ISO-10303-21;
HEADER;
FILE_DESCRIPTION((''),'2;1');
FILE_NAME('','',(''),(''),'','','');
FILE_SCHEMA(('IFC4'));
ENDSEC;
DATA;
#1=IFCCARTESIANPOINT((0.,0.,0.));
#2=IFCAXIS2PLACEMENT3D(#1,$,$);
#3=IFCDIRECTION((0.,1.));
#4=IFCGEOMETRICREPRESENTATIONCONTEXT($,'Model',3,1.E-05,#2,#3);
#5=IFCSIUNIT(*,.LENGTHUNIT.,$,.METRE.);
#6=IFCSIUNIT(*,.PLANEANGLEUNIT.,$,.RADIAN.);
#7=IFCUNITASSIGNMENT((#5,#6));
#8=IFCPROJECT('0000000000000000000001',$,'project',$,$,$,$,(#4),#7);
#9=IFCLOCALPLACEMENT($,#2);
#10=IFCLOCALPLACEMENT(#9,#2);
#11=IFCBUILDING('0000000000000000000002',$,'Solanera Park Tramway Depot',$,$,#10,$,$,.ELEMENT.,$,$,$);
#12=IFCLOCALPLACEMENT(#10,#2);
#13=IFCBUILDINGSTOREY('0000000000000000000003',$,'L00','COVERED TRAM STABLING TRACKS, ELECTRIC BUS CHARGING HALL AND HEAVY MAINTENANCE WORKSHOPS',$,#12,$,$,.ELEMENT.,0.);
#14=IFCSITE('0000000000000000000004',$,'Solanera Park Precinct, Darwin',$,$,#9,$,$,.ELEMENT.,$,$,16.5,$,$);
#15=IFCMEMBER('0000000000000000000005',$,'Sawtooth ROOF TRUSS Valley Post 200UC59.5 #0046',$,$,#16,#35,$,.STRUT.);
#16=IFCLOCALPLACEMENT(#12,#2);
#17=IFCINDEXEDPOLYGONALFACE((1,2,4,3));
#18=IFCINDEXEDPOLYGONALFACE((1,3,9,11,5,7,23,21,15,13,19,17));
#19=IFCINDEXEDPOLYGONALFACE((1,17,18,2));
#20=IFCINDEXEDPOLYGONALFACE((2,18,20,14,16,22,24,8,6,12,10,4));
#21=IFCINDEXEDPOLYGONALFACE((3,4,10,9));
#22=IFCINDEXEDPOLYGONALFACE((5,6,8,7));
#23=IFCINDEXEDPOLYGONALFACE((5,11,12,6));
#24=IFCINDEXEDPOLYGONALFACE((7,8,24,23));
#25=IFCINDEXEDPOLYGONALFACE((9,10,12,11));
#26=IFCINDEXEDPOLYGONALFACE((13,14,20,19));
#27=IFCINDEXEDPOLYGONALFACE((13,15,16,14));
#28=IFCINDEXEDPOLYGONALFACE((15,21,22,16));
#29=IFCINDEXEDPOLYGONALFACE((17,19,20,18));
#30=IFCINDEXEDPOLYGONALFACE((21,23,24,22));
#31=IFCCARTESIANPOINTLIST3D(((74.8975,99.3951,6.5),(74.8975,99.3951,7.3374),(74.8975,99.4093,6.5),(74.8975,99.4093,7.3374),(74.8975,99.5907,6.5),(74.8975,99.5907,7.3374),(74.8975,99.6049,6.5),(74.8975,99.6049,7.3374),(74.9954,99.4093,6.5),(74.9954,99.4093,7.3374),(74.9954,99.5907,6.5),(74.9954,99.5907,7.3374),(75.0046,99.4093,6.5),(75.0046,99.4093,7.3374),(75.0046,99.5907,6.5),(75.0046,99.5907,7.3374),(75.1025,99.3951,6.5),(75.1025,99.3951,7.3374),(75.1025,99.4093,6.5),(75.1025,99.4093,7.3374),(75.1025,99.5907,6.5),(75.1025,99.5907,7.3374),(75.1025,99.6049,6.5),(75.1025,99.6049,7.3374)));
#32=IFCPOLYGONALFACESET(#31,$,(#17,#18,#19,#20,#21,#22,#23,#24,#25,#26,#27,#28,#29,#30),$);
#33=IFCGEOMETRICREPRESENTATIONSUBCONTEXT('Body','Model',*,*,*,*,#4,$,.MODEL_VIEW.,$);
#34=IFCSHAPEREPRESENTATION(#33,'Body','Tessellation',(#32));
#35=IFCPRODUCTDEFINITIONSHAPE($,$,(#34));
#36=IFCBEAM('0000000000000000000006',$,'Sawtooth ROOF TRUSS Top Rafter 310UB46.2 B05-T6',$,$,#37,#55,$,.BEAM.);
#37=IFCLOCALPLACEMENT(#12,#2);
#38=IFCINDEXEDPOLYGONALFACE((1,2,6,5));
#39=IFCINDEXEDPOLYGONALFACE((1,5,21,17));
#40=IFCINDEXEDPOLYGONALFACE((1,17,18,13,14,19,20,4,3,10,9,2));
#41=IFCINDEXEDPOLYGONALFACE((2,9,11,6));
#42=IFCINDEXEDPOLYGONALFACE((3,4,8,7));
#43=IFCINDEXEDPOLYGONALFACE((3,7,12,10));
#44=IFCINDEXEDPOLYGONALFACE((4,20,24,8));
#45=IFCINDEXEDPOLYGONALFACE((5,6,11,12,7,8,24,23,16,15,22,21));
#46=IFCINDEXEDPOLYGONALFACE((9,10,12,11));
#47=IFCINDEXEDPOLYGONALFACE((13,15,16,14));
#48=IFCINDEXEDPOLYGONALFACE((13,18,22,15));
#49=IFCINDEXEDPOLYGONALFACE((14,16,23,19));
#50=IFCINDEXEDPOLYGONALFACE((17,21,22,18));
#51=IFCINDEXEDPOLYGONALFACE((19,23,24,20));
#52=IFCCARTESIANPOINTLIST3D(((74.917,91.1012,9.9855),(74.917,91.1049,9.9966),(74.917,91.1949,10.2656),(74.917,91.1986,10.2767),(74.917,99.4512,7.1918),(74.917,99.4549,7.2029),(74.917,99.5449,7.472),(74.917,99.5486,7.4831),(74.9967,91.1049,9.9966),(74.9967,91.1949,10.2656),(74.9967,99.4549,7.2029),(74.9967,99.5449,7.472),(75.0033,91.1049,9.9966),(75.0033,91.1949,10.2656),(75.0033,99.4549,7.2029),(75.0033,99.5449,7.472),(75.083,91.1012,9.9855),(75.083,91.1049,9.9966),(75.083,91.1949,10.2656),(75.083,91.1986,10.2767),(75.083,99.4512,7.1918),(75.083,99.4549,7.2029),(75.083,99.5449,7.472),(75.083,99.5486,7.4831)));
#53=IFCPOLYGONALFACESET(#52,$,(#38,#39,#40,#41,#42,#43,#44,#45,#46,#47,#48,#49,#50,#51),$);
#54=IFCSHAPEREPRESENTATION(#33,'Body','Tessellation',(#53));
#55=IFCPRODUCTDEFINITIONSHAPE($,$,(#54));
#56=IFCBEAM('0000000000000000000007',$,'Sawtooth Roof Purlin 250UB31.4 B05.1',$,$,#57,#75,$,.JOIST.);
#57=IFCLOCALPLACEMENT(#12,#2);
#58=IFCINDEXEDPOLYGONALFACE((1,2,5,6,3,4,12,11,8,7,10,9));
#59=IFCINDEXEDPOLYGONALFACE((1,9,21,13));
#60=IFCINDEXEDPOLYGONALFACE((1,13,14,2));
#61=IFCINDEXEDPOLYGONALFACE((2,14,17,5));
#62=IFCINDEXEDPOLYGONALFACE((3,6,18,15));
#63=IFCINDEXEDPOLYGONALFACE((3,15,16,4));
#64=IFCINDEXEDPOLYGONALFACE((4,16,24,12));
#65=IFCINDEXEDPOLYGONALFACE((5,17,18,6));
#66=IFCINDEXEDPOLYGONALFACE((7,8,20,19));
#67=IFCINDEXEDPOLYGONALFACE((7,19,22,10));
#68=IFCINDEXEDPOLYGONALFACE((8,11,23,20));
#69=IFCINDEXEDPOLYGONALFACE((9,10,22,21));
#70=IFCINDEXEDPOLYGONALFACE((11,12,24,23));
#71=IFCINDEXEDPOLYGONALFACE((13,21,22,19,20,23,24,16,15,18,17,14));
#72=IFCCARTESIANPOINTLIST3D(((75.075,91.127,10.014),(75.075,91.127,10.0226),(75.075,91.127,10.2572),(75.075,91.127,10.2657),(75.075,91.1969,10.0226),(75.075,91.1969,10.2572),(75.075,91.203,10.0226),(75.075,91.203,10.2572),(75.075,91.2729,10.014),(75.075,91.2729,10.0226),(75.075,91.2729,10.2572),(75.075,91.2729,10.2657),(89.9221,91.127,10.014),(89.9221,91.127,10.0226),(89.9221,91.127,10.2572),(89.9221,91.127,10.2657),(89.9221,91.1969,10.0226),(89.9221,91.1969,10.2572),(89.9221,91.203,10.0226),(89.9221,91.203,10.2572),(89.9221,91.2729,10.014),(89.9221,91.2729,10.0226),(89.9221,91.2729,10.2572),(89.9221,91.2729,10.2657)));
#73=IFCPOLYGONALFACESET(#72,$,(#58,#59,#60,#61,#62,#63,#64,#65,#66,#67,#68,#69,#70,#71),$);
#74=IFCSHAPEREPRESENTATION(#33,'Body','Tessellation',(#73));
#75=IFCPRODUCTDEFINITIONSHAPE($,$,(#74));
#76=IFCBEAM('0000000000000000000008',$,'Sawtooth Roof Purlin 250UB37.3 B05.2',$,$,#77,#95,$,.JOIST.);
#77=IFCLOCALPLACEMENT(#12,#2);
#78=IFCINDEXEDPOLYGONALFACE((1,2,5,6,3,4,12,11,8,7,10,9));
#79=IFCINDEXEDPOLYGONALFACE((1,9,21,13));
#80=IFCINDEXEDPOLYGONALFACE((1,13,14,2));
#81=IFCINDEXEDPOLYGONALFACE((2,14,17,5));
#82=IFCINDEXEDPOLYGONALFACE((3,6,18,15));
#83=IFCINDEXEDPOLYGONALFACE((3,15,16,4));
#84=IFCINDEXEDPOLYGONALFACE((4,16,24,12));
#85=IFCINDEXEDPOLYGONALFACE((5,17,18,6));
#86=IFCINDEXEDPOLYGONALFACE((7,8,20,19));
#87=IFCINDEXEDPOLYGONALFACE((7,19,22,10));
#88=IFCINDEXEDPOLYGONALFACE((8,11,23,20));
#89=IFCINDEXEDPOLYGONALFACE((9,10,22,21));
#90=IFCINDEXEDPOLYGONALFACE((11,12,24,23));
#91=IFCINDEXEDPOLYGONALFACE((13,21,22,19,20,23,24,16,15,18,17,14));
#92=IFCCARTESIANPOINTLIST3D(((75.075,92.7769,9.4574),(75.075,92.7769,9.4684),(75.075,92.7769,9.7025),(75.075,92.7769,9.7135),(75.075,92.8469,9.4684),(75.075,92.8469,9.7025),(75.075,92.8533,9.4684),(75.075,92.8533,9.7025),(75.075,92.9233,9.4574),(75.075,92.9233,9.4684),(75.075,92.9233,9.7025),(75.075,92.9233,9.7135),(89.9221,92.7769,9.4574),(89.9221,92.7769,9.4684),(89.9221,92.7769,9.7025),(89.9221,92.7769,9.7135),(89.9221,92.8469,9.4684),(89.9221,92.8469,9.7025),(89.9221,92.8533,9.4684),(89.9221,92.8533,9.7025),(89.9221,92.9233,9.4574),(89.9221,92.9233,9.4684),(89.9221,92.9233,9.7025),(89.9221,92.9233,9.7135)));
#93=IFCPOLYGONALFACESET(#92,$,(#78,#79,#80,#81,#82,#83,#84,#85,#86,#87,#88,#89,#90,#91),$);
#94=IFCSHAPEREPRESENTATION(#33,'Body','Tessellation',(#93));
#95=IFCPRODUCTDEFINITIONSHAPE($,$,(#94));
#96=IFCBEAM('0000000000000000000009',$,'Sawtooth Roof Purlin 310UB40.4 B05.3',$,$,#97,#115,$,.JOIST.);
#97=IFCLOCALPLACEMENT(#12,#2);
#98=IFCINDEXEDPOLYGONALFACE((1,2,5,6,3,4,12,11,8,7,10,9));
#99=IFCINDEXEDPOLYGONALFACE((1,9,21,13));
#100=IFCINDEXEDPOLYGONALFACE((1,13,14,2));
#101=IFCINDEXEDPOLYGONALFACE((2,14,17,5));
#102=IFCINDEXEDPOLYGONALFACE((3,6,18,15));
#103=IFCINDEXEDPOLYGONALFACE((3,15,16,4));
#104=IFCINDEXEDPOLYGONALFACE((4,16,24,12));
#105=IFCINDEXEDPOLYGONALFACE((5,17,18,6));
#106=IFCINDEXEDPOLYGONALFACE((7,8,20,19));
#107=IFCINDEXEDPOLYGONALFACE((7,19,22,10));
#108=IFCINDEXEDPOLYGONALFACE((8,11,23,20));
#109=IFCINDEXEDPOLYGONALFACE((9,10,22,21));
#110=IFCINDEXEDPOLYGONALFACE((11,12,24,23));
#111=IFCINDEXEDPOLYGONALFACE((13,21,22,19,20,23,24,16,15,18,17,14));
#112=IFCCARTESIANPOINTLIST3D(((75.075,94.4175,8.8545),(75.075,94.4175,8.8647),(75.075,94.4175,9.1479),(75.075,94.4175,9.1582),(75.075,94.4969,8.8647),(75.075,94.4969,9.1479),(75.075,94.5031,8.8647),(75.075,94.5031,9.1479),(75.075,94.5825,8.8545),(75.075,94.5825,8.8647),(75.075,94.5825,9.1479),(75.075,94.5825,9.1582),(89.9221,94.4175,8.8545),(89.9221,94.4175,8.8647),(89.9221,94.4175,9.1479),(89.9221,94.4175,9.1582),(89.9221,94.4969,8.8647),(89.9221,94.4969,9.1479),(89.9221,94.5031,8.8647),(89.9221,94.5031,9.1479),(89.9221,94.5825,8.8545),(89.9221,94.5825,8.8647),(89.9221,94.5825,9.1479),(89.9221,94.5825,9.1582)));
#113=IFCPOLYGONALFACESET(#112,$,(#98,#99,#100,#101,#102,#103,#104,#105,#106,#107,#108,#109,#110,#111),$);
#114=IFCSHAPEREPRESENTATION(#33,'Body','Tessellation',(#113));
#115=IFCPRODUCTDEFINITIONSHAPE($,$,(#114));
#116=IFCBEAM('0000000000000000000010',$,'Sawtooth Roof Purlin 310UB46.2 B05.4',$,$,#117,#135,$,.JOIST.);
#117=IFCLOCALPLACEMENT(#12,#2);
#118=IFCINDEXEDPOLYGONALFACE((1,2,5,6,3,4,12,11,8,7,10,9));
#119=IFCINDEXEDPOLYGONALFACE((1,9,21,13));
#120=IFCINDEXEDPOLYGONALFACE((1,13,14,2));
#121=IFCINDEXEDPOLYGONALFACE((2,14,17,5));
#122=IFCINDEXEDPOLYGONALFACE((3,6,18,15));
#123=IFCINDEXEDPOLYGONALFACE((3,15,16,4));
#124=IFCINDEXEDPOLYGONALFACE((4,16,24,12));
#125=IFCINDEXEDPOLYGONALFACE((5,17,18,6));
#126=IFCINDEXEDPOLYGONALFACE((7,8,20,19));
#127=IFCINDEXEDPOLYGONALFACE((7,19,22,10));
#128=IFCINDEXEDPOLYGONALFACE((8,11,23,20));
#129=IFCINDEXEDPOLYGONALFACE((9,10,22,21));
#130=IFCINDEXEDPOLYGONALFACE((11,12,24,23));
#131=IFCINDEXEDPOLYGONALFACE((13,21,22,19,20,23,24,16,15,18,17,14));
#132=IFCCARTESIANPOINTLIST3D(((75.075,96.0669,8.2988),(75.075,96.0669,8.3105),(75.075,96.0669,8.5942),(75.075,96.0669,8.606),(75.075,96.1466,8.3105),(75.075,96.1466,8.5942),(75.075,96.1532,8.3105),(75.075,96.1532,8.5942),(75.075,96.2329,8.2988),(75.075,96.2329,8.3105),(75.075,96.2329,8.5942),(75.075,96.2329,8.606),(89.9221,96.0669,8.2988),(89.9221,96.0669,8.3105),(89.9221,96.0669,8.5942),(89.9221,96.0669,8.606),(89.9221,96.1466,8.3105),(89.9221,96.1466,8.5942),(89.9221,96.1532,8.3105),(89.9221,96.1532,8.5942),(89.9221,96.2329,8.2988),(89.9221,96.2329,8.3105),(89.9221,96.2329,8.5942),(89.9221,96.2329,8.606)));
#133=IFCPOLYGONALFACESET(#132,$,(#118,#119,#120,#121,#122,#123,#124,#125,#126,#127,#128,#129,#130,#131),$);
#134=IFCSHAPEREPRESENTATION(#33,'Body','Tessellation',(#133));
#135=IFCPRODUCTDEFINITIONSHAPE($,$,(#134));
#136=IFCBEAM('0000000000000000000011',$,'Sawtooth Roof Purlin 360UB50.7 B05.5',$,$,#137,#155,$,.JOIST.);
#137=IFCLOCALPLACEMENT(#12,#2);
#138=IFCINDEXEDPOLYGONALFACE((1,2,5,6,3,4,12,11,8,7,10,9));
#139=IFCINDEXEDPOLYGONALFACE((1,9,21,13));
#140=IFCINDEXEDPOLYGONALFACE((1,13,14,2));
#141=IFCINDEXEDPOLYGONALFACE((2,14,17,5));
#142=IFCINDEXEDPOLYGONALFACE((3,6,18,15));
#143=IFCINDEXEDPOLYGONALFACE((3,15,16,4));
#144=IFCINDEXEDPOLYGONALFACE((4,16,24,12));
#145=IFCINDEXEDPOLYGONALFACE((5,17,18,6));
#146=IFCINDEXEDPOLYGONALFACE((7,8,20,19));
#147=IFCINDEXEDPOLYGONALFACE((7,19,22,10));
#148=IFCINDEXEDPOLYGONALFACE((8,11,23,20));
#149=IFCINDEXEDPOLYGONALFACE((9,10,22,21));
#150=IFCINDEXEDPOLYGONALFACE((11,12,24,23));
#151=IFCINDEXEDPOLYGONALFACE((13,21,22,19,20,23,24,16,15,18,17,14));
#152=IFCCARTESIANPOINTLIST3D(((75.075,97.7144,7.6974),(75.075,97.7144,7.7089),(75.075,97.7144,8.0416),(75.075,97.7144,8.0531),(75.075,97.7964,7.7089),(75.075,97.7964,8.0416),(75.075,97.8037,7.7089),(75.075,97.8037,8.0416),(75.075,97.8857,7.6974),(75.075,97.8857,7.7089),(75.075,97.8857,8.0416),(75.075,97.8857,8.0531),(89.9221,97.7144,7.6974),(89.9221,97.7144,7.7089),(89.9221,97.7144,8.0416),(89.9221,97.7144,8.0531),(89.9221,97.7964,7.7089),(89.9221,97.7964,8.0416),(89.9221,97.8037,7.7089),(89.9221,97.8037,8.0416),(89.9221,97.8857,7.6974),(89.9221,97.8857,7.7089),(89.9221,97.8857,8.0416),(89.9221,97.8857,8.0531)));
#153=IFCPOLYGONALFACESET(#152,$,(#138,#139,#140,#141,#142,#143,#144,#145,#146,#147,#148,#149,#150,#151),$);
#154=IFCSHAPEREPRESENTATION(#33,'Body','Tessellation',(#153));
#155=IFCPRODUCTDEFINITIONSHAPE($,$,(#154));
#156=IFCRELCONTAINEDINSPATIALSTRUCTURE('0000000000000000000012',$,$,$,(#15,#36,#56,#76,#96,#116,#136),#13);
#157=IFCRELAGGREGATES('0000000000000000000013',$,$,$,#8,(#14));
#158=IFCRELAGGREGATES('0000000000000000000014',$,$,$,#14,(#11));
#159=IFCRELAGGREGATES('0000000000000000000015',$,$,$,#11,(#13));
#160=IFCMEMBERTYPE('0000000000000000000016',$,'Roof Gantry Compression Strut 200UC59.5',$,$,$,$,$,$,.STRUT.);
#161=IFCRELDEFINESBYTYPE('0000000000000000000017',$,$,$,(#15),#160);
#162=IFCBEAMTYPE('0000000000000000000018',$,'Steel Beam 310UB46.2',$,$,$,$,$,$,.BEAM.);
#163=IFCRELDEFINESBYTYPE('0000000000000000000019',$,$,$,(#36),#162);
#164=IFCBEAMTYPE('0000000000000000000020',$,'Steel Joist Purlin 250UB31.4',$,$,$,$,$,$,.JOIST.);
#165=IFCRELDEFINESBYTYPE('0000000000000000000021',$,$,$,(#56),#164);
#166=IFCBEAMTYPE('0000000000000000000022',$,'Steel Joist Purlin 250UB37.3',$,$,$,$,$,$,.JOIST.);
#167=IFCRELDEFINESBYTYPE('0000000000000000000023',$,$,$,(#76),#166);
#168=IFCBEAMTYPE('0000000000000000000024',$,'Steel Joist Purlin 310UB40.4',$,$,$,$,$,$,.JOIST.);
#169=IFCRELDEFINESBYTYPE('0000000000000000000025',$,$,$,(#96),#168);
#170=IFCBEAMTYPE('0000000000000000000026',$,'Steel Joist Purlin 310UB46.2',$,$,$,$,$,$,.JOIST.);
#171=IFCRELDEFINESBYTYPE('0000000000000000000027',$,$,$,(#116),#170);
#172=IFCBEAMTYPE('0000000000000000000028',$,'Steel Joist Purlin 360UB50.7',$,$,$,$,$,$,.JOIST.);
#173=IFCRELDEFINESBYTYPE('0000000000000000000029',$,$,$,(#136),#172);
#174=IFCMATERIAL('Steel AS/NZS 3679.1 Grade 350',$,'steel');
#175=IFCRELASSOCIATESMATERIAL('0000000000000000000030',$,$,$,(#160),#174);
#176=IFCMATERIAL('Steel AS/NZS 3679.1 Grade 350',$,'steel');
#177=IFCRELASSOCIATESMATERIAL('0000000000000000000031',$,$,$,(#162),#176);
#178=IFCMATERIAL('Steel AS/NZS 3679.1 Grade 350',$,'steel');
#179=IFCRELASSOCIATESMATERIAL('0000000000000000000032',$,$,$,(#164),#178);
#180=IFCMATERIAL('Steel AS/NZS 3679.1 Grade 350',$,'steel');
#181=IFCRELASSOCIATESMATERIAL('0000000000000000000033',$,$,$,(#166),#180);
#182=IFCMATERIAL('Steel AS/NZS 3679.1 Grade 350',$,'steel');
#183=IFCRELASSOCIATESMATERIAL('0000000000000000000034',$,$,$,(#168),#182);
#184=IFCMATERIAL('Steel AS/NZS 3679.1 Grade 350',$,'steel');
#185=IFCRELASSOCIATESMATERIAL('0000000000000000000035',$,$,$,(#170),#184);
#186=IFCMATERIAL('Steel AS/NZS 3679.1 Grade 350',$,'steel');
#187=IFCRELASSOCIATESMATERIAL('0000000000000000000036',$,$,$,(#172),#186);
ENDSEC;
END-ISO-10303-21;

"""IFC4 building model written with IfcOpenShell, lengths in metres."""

from ifc_helpers import new_model, si_unit, direction, frame, origin, origin_2d, place, context, subcontext, project, spatial, i_section, extrude, material, material_profile, profile_set, type_object, element, save


model = new_model("IFC4")

# Units and contexts
model_context = context("Model", 3, precision=1e-05, world=origin(), true_north=direction((0.0, 1.0)))
body_context = subcontext(model_context, "Body", "Model", "MODEL_VIEW")
ifc_project = project(units=[si_unit("LENGTHUNIT", "METRE"), si_unit("PLANEANGLEUNIT", "RADIAN")], contexts=[model_context])

# Site, building, storey
site_placement = place(None, origin())
site = spatial("IfcSite", under=ifc_project, at=site_placement, Name="Solanera Park Precinct, Darwin", CompositionType="ELEMENT", RefElevation=16.5)
building_placement = place(site_placement, origin())
building = spatial("IfcBuilding", under=site, at=building_placement, Name="Solanera Park Tramway Depot", CompositionType="ELEMENT")
storey_placement = place(building_placement, origin())
storey = spatial("IfcBuildingStorey", under=building, at=storey_placement, Name="L00", Description="COVERED TRAM STABLING TRACKS, ELECTRIC BUS CHARGING HALL AND HEAVY MAINTENANCE WORKSHOPS", CompositionType="ELEMENT", Elevation=0.0)

# Member
ifc_material_1 = material(Name="Steel AS/NZS 3679.1 Grade 350", Category="steel")
ifc_material_profile_1 = material_profile(ifc_material_1, i_section(OverallWidth=0.2051, OverallDepth=0.2097, WebThickness=0.0093, FlangeThickness=0.0142, at=origin_2d()), Name="200UC59.5")
ifc_profile_set_1 = profile_set([ifc_material_profile_1], Name="Steel AS/NZS 3679.1 Grade 350")
member_type_1 = type_object("IfcMemberType", Name="Roof Gantry Compression Strut 200UC59.5", PredefinedType="STRUT", material=ifc_profile_set_1)
member_1_placement = place(storey_placement, frame((75.0, 99.5, 6.5), z_axis=(0.0, 0.0, 1.0), x_axis=(1.0, 0.0, 0.0)))
element("IfcMember", 1, at=member_1_placement, inside=storey, type_object=member_type_1, Name="Sawtooth ROOF TRUSS Valley Post 200UC59.5 #0046", PredefinedType="STRUT", context=body_context, shape_type="SweptSolid", body=[
    extrude(i_section(OverallWidth=0.2051, OverallDepth=0.2097, WebThickness=0.0093, FlangeThickness=0.0142, at=origin_2d()), origin(), (0.0, 0.0, 1.0), 0.8374),
])

# Beams
ifc_material_2 = material(Name="Steel AS/NZS 3679.1 Grade 350", Category="steel")
ifc_material_profile_2 = material_profile(ifc_material_2, i_section(OverallWidth=0.166, OverallDepth=0.3071, WebThickness=0.0066, FlangeThickness=0.0117, at=origin_2d()), Name="310UB46.2")
ifc_profile_set_2 = profile_set([ifc_material_profile_2], Name="Steel AS/NZS 3679.1 Grade 350")
beam_type_1 = type_object("IfcBeamType", Name="Steel Beam 310UB46.2", PredefinedType="BEAM", material=ifc_profile_set_2)
beam_1_placement = place(storey_placement, frame((75.0, 91.1499, 10.1311), z_axis=(0.0, 0.948331, -0.317284), x_axis=(-1.0, 0.0, 0.0)))
element("IfcBeam", 2, at=beam_1_placement, inside=storey, type_object=beam_type_1, Name="Sawtooth ROOF TRUSS Top Rafter 310UB46.2 B05-T6", PredefinedType="BEAM", context=body_context, shape_type="SweptSolid", body=[
    extrude(i_section(OverallWidth=0.166, OverallDepth=0.3071, WebThickness=0.0066, FlangeThickness=0.0117, at=origin_2d()), origin(), (0.0, 0.0, 1.0), 8.8049),
])
ifc_material_3 = material(Name="Steel AS/NZS 3679.1 Grade 350", Category="steel")
ifc_material_profile_3 = material_profile(ifc_material_3, i_section(OverallWidth=0.146, OverallDepth=0.2517, WebThickness=0.0061, FlangeThickness=0.0085, at=origin_2d()), Name="250UB31.4")
ifc_profile_set_3 = profile_set([ifc_material_profile_3], Name="Steel AS/NZS 3679.1 Grade 350")
beam_type_2 = type_object("IfcBeamType", Name="Steel Joist Purlin 250UB31.4", PredefinedType="JOIST", material=ifc_profile_set_3)
beam_2_placement = place(storey_placement, frame((75.075, 91.2, 10.1399), z_axis=(1.0, 0.0, 0.0), x_axis=(0.0, 1.0, 0.0)))
element("IfcBeam", 3, at=beam_2_placement, inside=storey, type_object=beam_type_2, Name="Sawtooth Roof Purlin 250UB31.4 B05.1", PredefinedType="JOIST", context=body_context, shape_type="SweptSolid", body=[
    extrude(i_section(OverallWidth=0.146, OverallDepth=0.2517, WebThickness=0.0061, FlangeThickness=0.0085, at=origin_2d()), origin(), (0.0, 0.0, 1.0), 14.8472),
])
ifc_material_4 = material(Name="Steel AS/NZS 3679.1 Grade 350", Category="steel")
ifc_material_profile_4 = material_profile(ifc_material_4, i_section(OverallWidth=0.1465, OverallDepth=0.2561, WebThickness=0.0063, FlangeThickness=0.011, at=origin_2d()), Name="250UB37.3")
ifc_profile_set_4 = profile_set([ifc_material_profile_4], Name="Steel AS/NZS 3679.1 Grade 350")
beam_type_3 = type_object("IfcBeamType", Name="Steel Joist Purlin 250UB37.3", PredefinedType="JOIST", material=ifc_profile_set_4)
beam_3_placement = place(storey_placement, frame((75.075, 92.8501, 9.5854), z_axis=(1.0, 0.0, 0.0), x_axis=(0.0, 1.0, 0.0)))
element("IfcBeam", 4, at=beam_3_placement, inside=storey, type_object=beam_type_3, Name="Sawtooth Roof Purlin 250UB37.3 B05.2", PredefinedType="JOIST", context=body_context, shape_type="SweptSolid", body=[
    extrude(i_section(OverallWidth=0.1465, OverallDepth=0.2561, WebThickness=0.0063, FlangeThickness=0.011, at=origin_2d()), origin(), (0.0, 0.0, 1.0), 14.8472),
])
ifc_material_5 = material(Name="Steel AS/NZS 3679.1 Grade 350", Category="steel")
ifc_material_profile_5 = material_profile(ifc_material_5, i_section(OverallWidth=0.165, OverallDepth=0.3037, WebThickness=0.0061, FlangeThickness=0.0103, at=origin_2d()), Name="310UB40.4")
ifc_profile_set_5 = profile_set([ifc_material_profile_5], Name="Steel AS/NZS 3679.1 Grade 350")
beam_type_4 = type_object("IfcBeamType", Name="Steel Joist Purlin 310UB40.4", PredefinedType="JOIST", material=ifc_profile_set_5)
beam_4_placement = place(storey_placement, frame((75.075, 94.5, 9.0063), z_axis=(1.0, 0.0, 0.0), x_axis=(0.0, 1.0, 0.0)))
element("IfcBeam", 5, at=beam_4_placement, inside=storey, type_object=beam_type_4, Name="Sawtooth Roof Purlin 310UB40.4 B05.3", PredefinedType="JOIST", context=body_context, shape_type="SweptSolid", body=[
    extrude(i_section(OverallWidth=0.165, OverallDepth=0.3037, WebThickness=0.0061, FlangeThickness=0.0103, at=origin_2d()), origin(), (0.0, 0.0, 1.0), 14.8472),
])
ifc_material_6 = material(Name="Steel AS/NZS 3679.1 Grade 350", Category="steel")
ifc_material_profile_6 = material_profile(ifc_material_6, i_section(OverallWidth=0.166, OverallDepth=0.3071, WebThickness=0.0066, FlangeThickness=0.0117, at=origin_2d()), Name="310UB46.2")
ifc_profile_set_6 = profile_set([ifc_material_profile_6], Name="Steel AS/NZS 3679.1 Grade 350")
beam_type_5 = type_object("IfcBeamType", Name="Steel Joist Purlin 310UB46.2", PredefinedType="JOIST", material=ifc_profile_set_6)
beam_5_placement = place(storey_placement, frame((75.075, 96.1499, 8.4524), z_axis=(1.0, 0.0, 0.0), x_axis=(0.0, 1.0, 0.0)))
element("IfcBeam", 6, at=beam_5_placement, inside=storey, type_object=beam_type_5, Name="Sawtooth Roof Purlin 310UB46.2 B05.4", PredefinedType="JOIST", context=body_context, shape_type="SweptSolid", body=[
    extrude(i_section(OverallWidth=0.166, OverallDepth=0.3071, WebThickness=0.0066, FlangeThickness=0.0117, at=origin_2d()), origin(), (0.0, 0.0, 1.0), 14.8472),
])
ifc_material_7 = material(Name="Steel AS/NZS 3679.1 Grade 350", Category="steel")
ifc_material_profile_7 = material_profile(ifc_material_7, i_section(OverallWidth=0.1714, OverallDepth=0.3557, WebThickness=0.0073, FlangeThickness=0.0115, at=origin_2d()), Name="360UB50.7")
ifc_profile_set_7 = profile_set([ifc_material_profile_7], Name="Steel AS/NZS 3679.1 Grade 350")
beam_type_6 = type_object("IfcBeamType", Name="Steel Joist Purlin 360UB50.7", PredefinedType="JOIST", material=ifc_profile_set_7)
beam_6_placement = place(storey_placement, frame((75.075, 97.8, 7.8752), z_axis=(1.0, 0.0, 0.0), x_axis=(0.0, 1.0, 0.0)))
element("IfcBeam", 7, at=beam_6_placement, inside=storey, type_object=beam_type_6, Name="Sawtooth Roof Purlin 360UB50.7 B05.5", PredefinedType="JOIST", context=body_context, shape_type="SweptSolid", body=[
    extrude(i_section(OverallWidth=0.1714, OverallDepth=0.3557, WebThickness=0.0073, FlangeThickness=0.0115, at=origin_2d()), origin(), (0.0, 0.0, 1.0), 14.8472),
])

save(model, "model.ifc")
